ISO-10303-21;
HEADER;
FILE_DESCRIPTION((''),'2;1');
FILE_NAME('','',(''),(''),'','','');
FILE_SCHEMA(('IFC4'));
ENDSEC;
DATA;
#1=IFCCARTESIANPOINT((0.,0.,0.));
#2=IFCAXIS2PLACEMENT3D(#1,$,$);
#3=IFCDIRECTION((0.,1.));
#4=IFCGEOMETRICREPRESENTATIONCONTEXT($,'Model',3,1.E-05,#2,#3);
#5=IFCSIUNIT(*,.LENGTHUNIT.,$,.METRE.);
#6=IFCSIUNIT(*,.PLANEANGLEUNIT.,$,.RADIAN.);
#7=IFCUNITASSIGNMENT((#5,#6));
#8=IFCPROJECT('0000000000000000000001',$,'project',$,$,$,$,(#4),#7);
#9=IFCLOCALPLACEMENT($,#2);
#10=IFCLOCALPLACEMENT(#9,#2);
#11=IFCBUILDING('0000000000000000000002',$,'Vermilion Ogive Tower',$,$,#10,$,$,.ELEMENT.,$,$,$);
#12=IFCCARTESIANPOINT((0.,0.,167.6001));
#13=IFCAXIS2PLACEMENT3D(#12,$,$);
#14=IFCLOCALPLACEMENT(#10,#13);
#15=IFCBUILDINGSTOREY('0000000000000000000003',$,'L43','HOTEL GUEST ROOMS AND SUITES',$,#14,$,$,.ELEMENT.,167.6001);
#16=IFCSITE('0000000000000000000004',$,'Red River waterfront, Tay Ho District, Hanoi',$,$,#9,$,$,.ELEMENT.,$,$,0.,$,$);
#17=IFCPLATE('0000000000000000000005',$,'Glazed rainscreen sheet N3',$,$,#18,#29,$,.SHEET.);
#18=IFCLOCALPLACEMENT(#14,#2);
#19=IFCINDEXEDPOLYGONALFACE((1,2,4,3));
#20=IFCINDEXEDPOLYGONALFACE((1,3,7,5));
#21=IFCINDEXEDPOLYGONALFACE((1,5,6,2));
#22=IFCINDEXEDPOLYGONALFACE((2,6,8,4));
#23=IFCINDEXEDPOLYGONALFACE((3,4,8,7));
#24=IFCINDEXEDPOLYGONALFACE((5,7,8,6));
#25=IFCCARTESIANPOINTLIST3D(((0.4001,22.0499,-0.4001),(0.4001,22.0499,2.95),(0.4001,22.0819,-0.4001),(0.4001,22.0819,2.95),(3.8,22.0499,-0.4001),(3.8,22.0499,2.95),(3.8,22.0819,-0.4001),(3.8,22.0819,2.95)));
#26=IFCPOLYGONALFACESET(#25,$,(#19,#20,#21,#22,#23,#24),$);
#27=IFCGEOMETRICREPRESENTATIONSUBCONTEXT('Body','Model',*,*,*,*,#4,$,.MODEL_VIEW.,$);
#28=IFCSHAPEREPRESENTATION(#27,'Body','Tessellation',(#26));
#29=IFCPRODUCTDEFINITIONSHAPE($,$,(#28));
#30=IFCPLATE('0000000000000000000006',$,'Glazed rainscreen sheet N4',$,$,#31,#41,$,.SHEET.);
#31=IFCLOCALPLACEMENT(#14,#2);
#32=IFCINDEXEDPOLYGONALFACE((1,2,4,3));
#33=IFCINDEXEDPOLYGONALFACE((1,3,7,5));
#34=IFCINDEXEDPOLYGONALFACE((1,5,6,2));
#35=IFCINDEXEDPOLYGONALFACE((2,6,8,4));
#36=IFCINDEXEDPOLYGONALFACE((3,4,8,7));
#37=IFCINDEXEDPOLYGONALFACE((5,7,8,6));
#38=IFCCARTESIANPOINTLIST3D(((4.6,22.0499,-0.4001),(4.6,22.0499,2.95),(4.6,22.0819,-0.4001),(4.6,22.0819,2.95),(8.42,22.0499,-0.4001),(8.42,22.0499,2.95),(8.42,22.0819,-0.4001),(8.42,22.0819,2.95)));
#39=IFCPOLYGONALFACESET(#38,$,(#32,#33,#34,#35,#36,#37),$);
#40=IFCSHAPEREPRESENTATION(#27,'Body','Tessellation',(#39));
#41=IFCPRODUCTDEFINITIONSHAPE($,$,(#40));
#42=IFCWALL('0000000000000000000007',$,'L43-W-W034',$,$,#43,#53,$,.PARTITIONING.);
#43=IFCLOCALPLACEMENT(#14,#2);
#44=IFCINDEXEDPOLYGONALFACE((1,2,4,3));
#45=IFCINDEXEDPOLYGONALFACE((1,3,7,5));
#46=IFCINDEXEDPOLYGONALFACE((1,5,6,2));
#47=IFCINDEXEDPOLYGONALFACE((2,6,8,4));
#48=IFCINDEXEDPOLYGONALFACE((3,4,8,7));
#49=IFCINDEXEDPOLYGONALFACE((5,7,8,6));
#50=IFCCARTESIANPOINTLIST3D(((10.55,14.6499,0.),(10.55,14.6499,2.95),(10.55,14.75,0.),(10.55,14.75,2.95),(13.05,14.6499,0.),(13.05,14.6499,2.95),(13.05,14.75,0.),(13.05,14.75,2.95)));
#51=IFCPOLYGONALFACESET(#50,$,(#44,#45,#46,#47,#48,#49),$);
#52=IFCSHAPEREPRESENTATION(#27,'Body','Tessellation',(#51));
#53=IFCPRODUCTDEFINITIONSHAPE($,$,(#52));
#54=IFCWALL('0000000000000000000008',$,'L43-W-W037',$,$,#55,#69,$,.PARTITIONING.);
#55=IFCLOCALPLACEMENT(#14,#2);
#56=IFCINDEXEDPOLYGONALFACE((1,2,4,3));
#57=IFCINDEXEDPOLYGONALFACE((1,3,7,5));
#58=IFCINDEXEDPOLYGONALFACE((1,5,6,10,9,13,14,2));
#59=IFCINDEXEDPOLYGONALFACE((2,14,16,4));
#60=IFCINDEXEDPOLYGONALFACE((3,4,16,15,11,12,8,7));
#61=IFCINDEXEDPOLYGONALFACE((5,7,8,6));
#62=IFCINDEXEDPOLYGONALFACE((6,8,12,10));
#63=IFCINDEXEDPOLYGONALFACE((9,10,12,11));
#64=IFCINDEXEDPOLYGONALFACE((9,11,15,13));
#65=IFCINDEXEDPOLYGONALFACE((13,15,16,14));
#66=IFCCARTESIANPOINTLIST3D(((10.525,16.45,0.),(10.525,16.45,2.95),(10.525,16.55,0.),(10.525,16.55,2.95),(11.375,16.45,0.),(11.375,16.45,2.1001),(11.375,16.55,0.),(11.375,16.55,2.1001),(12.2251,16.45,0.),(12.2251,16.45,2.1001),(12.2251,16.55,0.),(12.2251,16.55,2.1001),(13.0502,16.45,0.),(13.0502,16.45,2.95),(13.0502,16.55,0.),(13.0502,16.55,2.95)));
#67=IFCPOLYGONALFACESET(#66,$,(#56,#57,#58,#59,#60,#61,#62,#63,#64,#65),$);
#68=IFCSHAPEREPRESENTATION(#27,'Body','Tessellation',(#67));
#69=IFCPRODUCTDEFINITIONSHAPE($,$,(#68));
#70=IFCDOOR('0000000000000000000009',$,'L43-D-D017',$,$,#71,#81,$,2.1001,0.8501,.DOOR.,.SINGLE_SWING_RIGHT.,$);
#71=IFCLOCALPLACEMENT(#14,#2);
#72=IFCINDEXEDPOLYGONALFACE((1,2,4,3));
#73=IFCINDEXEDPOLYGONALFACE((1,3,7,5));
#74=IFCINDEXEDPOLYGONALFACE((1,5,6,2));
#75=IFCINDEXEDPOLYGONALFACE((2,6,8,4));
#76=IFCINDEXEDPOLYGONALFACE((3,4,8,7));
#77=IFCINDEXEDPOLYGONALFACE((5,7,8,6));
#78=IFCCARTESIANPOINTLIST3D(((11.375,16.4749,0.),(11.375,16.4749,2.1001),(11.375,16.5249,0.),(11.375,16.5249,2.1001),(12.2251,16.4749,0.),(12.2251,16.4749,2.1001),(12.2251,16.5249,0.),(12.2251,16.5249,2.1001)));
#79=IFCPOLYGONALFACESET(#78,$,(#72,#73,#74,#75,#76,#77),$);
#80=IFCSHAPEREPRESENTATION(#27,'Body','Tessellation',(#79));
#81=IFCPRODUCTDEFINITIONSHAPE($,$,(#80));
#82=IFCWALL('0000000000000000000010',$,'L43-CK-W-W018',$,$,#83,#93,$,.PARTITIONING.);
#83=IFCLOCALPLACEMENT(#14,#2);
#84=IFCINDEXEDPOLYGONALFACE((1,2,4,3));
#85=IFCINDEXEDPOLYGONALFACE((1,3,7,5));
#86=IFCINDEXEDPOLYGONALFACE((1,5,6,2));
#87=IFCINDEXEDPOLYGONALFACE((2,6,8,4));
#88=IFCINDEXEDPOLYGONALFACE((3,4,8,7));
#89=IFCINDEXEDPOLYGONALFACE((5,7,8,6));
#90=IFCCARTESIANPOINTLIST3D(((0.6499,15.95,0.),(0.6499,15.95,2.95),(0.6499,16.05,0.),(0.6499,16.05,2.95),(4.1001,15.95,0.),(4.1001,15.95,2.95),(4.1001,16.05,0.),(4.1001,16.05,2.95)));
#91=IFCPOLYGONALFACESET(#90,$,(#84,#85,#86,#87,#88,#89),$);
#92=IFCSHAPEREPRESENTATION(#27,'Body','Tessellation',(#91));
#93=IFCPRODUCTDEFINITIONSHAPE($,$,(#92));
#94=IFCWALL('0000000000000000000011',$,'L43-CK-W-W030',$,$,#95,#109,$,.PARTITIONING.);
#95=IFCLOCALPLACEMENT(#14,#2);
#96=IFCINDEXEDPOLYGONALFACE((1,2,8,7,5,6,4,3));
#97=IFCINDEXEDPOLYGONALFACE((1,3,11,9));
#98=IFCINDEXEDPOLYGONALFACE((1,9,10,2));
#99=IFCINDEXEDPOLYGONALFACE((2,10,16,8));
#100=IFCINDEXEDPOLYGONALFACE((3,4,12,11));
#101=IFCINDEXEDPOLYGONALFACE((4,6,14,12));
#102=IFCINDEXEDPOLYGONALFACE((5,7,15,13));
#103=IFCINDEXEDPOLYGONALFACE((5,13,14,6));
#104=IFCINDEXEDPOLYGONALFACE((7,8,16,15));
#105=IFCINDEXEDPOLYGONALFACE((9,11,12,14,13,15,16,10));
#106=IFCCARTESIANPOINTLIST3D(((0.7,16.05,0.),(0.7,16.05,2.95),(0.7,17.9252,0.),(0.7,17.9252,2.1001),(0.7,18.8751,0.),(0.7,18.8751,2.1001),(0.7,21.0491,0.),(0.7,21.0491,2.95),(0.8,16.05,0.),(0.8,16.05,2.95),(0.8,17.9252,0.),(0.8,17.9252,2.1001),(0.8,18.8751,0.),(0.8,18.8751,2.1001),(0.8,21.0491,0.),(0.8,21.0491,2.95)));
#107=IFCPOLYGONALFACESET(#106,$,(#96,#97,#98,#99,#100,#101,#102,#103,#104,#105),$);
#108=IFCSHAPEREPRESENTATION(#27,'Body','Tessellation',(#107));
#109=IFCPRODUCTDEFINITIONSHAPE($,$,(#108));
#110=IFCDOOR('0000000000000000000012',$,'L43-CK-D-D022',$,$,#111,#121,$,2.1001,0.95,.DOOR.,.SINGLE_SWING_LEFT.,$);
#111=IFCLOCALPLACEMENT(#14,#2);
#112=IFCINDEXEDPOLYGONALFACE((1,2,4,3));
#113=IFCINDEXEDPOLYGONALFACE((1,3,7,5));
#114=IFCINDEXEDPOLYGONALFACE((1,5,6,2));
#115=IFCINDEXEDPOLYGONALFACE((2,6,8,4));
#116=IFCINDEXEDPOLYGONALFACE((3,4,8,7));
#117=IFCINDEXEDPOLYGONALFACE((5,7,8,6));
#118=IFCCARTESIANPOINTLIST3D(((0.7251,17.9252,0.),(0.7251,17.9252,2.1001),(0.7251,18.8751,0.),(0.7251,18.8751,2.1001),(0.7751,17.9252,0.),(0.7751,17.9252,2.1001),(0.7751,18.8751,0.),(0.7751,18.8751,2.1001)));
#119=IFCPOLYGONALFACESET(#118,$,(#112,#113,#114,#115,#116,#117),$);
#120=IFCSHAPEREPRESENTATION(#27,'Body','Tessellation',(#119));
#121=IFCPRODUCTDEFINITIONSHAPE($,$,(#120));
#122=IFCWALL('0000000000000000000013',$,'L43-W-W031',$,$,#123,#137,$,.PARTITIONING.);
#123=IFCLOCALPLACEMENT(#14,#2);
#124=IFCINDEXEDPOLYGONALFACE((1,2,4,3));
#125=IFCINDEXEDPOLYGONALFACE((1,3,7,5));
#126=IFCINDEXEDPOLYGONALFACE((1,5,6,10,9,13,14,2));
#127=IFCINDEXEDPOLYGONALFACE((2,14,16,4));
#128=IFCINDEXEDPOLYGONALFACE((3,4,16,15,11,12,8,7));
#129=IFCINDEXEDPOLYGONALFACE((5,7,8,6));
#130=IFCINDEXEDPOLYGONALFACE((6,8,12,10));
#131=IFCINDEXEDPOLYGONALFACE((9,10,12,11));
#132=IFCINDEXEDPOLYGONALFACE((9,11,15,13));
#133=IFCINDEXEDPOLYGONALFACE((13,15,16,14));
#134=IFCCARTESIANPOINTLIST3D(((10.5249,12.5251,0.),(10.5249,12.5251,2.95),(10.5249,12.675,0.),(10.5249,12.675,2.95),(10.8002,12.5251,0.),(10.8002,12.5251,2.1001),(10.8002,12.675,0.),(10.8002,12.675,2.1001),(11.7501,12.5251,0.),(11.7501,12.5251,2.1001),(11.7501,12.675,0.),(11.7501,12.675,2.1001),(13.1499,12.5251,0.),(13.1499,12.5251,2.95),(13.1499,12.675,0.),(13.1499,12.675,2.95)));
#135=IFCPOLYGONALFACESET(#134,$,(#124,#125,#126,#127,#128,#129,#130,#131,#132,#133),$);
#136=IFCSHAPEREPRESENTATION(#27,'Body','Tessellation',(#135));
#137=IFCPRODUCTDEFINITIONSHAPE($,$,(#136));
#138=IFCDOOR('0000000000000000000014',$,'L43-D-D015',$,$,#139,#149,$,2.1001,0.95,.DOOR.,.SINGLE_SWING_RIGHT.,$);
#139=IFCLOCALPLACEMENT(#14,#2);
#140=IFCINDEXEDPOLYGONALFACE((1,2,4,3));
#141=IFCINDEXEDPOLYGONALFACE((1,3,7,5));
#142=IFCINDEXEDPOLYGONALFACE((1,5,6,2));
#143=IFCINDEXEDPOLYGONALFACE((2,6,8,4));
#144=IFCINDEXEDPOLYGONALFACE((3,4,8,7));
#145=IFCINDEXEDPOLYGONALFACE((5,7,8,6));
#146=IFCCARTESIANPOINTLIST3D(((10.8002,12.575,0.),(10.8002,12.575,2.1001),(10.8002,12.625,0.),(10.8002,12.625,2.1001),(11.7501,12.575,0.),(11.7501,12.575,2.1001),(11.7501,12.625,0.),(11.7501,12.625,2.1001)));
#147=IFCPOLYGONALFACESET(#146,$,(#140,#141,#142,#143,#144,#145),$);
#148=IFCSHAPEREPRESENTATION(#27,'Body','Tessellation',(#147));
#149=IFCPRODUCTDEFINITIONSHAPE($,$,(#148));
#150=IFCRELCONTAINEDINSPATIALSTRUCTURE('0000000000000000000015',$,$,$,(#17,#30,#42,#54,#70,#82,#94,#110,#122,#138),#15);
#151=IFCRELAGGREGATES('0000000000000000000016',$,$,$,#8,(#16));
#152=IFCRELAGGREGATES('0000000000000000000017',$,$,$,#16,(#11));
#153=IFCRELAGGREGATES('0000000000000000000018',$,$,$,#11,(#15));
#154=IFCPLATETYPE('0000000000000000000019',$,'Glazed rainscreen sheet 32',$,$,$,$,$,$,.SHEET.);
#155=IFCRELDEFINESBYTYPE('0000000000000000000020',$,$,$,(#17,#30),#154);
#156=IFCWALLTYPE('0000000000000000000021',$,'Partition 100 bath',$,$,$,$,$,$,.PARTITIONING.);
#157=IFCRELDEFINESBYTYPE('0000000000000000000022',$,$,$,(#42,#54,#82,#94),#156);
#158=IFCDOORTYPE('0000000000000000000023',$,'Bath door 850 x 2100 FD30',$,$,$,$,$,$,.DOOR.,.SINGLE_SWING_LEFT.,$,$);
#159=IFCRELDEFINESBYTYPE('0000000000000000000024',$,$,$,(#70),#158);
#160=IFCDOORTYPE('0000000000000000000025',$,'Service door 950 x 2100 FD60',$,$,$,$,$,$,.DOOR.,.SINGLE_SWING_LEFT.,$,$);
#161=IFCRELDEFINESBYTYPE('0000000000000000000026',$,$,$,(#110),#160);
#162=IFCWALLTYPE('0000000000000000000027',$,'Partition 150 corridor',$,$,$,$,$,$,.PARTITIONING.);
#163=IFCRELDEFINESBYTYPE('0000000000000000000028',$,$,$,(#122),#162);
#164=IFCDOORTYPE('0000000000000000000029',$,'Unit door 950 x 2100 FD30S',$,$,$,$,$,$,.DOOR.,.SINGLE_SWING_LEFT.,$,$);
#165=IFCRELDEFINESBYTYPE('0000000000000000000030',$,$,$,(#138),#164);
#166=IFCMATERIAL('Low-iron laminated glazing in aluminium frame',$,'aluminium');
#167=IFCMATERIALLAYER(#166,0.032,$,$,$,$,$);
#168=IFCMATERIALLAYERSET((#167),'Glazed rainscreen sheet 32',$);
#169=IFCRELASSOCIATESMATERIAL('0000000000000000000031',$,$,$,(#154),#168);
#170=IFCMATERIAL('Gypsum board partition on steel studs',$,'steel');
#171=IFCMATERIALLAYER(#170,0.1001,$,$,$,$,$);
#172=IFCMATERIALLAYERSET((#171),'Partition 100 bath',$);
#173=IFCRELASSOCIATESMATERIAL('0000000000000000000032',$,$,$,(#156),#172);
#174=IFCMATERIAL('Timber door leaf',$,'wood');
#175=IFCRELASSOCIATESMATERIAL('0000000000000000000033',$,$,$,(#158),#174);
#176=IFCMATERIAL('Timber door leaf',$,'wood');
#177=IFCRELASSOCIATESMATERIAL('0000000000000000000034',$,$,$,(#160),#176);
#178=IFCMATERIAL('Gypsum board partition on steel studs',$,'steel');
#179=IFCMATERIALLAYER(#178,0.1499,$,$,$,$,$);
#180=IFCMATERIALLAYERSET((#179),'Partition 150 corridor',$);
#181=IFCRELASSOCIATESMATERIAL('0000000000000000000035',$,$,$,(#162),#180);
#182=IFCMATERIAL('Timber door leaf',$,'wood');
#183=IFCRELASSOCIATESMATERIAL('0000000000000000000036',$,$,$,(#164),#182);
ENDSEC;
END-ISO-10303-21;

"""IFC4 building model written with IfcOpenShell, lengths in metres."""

from ifc_helpers import new_model, si_unit, direction, frame, frame_2d, origin, origin_2d, place, context, subcontext, project, spatial, rectangle, extrude, material, layer, layer_set, type_object, element, fill, save


model = new_model("IFC4")

# Units and contexts
model_context = context("Model", 3, precision=1e-05, world=origin(), true_north=direction((0.0, 1.0)))
body_context = subcontext(model_context, "Body", "Model", "MODEL_VIEW")
ifc_project = project(units=[si_unit("LENGTHUNIT", "METRE"), si_unit("PLANEANGLEUNIT", "RADIAN")], contexts=[model_context])

# Site, building, storey
site_placement = place(None, origin())
site = spatial("IfcSite", under=ifc_project, at=site_placement, Name="Red River waterfront, Tay Ho District, Hanoi", CompositionType="ELEMENT", RefElevation=0.0)
building_placement = place(site_placement, origin())
building = spatial("IfcBuilding", under=site, at=building_placement, Name="Vermilion Ogive Tower", CompositionType="ELEMENT")
storey_placement = place(building_placement, frame((0.0, 0.0, 167.6001)))
storey = spatial("IfcBuildingStorey", under=building, at=storey_placement, Name="L43", Description="HOTEL GUEST ROOMS AND SUITES", CompositionType="ELEMENT", Elevation=167.6001)

# Plates
ifc_material_1 = material(Name="Low-iron laminated glazing in aluminium frame", Category="aluminium")
ifc_layer_1 = layer(ifc_material_1, 0.032)
ifc_layer_set_1 = layer_set([ifc_layer_1], Name="Glazed rainscreen sheet 32")
plate_type = type_object("IfcPlateType", Name="Glazed rainscreen sheet 32", PredefinedType="SHEET", material=ifc_layer_set_1)
plate_1_placement = place(storey_placement, frame((2.1001, 22.0659, -0.4001), z_axis=(0.0, 0.0, 1.0), x_axis=(1.0, 0.0, 0.0)))
element("IfcPlate", 1, at=plate_1_placement, inside=storey, type_object=plate_type, Name="Glazed rainscreen sheet N3", PredefinedType="SHEET", context=body_context, shape_type="SweptSolid", body=[
    extrude(rectangle(XDim=3.3999, YDim=0.032, at=origin_2d()), origin(), (0.0, 0.0, 1.0), 3.3501),
])
plate_2_placement = place(storey_placement, frame((6.51, 22.0659, -0.4001), z_axis=(0.0, 0.0, 1.0), x_axis=(1.0, 0.0, 0.0)))
element("IfcPlate", 2, at=plate_2_placement, inside=storey, type_object=plate_type, Name="Glazed rainscreen sheet N4", PredefinedType="SHEET", context=body_context, shape_type="SweptSolid", body=[
    extrude(rectangle(XDim=3.8201, YDim=0.032, at=origin_2d()), origin(), (0.0, 0.0, 1.0), 3.3501),
])

# Wall
ifc_material_2 = material(Name="Gypsum board partition on steel studs", Category="steel")
ifc_layer_2 = layer(ifc_material_2, 0.1001)
ifc_layer_set_2 = layer_set([ifc_layer_2], Name="Partition 100 bath")
wall_type_1 = type_object("IfcWallType", Name="Partition 100 bath", PredefinedType="PARTITIONING", material=ifc_layer_set_2)
wall_1_placement = place(storey_placement, frame((10.55, 14.7, 0.0), z_axis=(0.0, 0.0, 1.0), x_axis=(1.0, 0.0, 0.0)))
element("IfcWall", 3, at=wall_1_placement, inside=storey, type_object=wall_type_1, Name="L43-W-W034", PredefinedType="PARTITIONING", context=body_context, shape_type="SweptSolid", body=[
    extrude(rectangle(XDim=2.5, YDim=0.1001, at=frame_2d((1.25, 0.0))), origin(), (0.0, 0.0, 1.0), 2.95),
])

# Wall, opening, door
wall_2_placement = place(storey_placement, frame((10.5249, 16.5, 0.0), z_axis=(0.0, 0.0, 1.0), x_axis=(1.0, 0.0, 0.0)))
wall_2 = element("IfcWall", 4, at=wall_2_placement, inside=storey, type_object=wall_type_1, Name="L43-W-W037", PredefinedType="PARTITIONING", context=body_context, shape_type="SweptSolid", body=[
    extrude(rectangle(XDim=2.5251, YDim=0.1001, at=frame_2d((1.2627, 0.0))), origin(), (0.0, 0.0, 1.0), 2.95),
])
opening_1_placement = place(wall_2_placement, frame((0.8501, 0.0, 0.0)))
opening_1 = element("IfcOpeningElement", 5, at=opening_1_placement, cuts=wall_2, PredefinedType="OPENING", context=body_context, shape_type="SweptSolid", body=[
    extrude(rectangle(XDim=0.8501, YDim=2.1001, at=frame_2d((0.425, 1.05))), frame((0.0, 0.0601, 0.0), z_axis=(0.0, -1.0, 0.0), x_axis=(1.0, 0.0, 0.0)), (0.0, 0.0, 1.0), 0.1201),
])
ifc_material_3 = material(Name="Timber door leaf", Category="wood")
door_type_1 = type_object("IfcDoorType", Name="Bath door 850 x 2100 FD30", OperationType="SINGLE_SWING_LEFT", PredefinedType="DOOR", material=ifc_material_3)
door_1_placement = place(opening_1_placement, origin())
door_1 = element("IfcDoor", 6, at=door_1_placement, inside=storey, type_object=door_type_1, Name="L43-D-D017", OperationType="SINGLE_SWING_RIGHT", OverallHeight=2.1001, OverallWidth=0.8501, PredefinedType="DOOR", context=body_context, shape_type="SweptSolid", body=[
    extrude(rectangle(XDim=0.8501, YDim=2.1001, at=frame_2d((0.425, 1.05))), frame((0.0, 0.0249, 0.0), z_axis=(0.0, -1.0, 0.0), x_axis=(1.0, 0.0, 0.0)), (0.0, 0.0, 1.0), 0.05),
])
fill(opening_1, door_1)

# Wall
wall_3_placement = place(storey_placement, frame((0.6499, 16.0, 0.0), z_axis=(0.0, 0.0, 1.0), x_axis=(1.0, 0.0, 0.0)))
element("IfcWall", 7, at=wall_3_placement, inside=storey, type_object=wall_type_1, Name="L43-CK-W-W018", PredefinedType="PARTITIONING", context=body_context, shape_type="SweptSolid", body=[
    extrude(rectangle(XDim=3.4502, YDim=0.1001, at=frame_2d((1.7251, 0.0))), origin(), (0.0, 0.0, 1.0), 2.95),
])

# Walls, openings, doors
wall_4_placement = place(storey_placement, frame((0.75, 16.05, 0.0), z_axis=(0.0, 0.0, 1.0), x_axis=(0.0, 1.0, 0.0)))
wall_4 = element("IfcWall", 8, at=wall_4_placement, inside=storey, type_object=wall_type_1, Name="L43-CK-W-W030", PredefinedType="PARTITIONING", context=body_context, shape_type="SweptSolid", body=[
    extrude(rectangle(XDim=4.999, YDim=0.1001, at=frame_2d((2.4995, 0.0))), origin(), (0.0, 0.0, 1.0), 2.95),
])
opening_2_placement = place(wall_4_placement, frame((1.875, 0.0, 0.0)))
opening_2 = element("IfcOpeningElement", 9, at=opening_2_placement, cuts=wall_4, PredefinedType="OPENING", context=body_context, shape_type="SweptSolid", body=[
    extrude(rectangle(XDim=0.95, YDim=2.1001, at=frame_2d((0.4751, 1.05))), frame((0.0, 0.0601, 0.0), z_axis=(0.0, -1.0, 0.0), x_axis=(1.0, 0.0, 0.0)), (0.0, 0.0, 1.0), 0.1201),
])
ifc_material_4 = material(Name="Timber door leaf", Category="wood")
door_type_2 = type_object("IfcDoorType", Name="Service door 950 x 2100 FD60", OperationType="SINGLE_SWING_LEFT", PredefinedType="DOOR", material=ifc_material_4)
door_2_placement = place(opening_2_placement, origin())
door_2 = element("IfcDoor", 10, at=door_2_placement, inside=storey, type_object=door_type_2, Name="L43-CK-D-D022", OperationType="SINGLE_SWING_LEFT", OverallHeight=2.1001, OverallWidth=0.95, PredefinedType="DOOR", context=body_context, shape_type="SweptSolid", body=[
    extrude(rectangle(XDim=0.95, YDim=2.1001, at=frame_2d((0.4751, 1.05))), frame((0.0, 0.0249, 0.0), z_axis=(0.0, -1.0, 0.0), x_axis=(1.0, 0.0, 0.0)), (0.0, 0.0, 1.0), 0.05),
])
fill(opening_2, door_2)
ifc_material_5 = material(Name="Gypsum board partition on steel studs", Category="steel")
ifc_layer_3 = layer(ifc_material_5, 0.1499)
ifc_layer_set_3 = layer_set([ifc_layer_3], Name="Partition 150 corridor")
wall_type_2 = type_object("IfcWallType", Name="Partition 150 corridor", PredefinedType="PARTITIONING", material=ifc_layer_set_3)
wall_5_placement = place(storey_placement, frame((10.5249, 12.6001, 0.0), z_axis=(0.0, 0.0, 1.0), x_axis=(1.0, 0.0, 0.0)))
wall_5 = element("IfcWall", 11, at=wall_5_placement, inside=storey, type_object=wall_type_2, Name="L43-W-W031", PredefinedType="PARTITIONING", context=body_context, shape_type="SweptSolid", body=[
    extrude(rectangle(XDim=2.625, YDim=0.1499, at=frame_2d((1.3125, 0.0))), origin(), (0.0, 0.0, 1.0), 2.95),
])
opening_3_placement = place(wall_5_placement, frame((0.2751, 0.0, 0.0)))
opening_3 = element("IfcOpeningElement", 12, at=opening_3_placement, cuts=wall_5, PredefinedType="OPENING", context=body_context, shape_type="SweptSolid", body=[
    extrude(rectangle(XDim=0.95, YDim=2.1001, at=frame_2d((0.4751, 1.05))), frame((0.0, 0.085, 0.0), z_axis=(0.0, -1.0, 0.0), x_axis=(1.0, 0.0, 0.0)), (0.0, 0.0, 1.0), 0.1699),
])
ifc_material_6 = material(Name="Timber door leaf", Category="wood")
door_type_3 = type_object("IfcDoorType", Name="Unit door 950 x 2100 FD30S", OperationType="SINGLE_SWING_LEFT", PredefinedType="DOOR", material=ifc_material_6)
door_3_placement = place(opening_3_placement, origin())
door_3 = element("IfcDoor", 13, at=door_3_placement, inside=storey, type_object=door_type_3, Name="L43-D-D015", OperationType="SINGLE_SWING_RIGHT", OverallHeight=2.1001, OverallWidth=0.95, PredefinedType="DOOR", context=body_context, shape_type="SweptSolid", body=[
    extrude(rectangle(XDim=0.95, YDim=2.1001, at=frame_2d((0.4751, 1.05))), frame((0.0, 0.0249, 0.0), z_axis=(0.0, -1.0, 0.0), x_axis=(1.0, 0.0, 0.0)), (0.0, 0.0, 1.0), 0.05),
])
fill(opening_3, door_3)

save(model, "model.ifc")
